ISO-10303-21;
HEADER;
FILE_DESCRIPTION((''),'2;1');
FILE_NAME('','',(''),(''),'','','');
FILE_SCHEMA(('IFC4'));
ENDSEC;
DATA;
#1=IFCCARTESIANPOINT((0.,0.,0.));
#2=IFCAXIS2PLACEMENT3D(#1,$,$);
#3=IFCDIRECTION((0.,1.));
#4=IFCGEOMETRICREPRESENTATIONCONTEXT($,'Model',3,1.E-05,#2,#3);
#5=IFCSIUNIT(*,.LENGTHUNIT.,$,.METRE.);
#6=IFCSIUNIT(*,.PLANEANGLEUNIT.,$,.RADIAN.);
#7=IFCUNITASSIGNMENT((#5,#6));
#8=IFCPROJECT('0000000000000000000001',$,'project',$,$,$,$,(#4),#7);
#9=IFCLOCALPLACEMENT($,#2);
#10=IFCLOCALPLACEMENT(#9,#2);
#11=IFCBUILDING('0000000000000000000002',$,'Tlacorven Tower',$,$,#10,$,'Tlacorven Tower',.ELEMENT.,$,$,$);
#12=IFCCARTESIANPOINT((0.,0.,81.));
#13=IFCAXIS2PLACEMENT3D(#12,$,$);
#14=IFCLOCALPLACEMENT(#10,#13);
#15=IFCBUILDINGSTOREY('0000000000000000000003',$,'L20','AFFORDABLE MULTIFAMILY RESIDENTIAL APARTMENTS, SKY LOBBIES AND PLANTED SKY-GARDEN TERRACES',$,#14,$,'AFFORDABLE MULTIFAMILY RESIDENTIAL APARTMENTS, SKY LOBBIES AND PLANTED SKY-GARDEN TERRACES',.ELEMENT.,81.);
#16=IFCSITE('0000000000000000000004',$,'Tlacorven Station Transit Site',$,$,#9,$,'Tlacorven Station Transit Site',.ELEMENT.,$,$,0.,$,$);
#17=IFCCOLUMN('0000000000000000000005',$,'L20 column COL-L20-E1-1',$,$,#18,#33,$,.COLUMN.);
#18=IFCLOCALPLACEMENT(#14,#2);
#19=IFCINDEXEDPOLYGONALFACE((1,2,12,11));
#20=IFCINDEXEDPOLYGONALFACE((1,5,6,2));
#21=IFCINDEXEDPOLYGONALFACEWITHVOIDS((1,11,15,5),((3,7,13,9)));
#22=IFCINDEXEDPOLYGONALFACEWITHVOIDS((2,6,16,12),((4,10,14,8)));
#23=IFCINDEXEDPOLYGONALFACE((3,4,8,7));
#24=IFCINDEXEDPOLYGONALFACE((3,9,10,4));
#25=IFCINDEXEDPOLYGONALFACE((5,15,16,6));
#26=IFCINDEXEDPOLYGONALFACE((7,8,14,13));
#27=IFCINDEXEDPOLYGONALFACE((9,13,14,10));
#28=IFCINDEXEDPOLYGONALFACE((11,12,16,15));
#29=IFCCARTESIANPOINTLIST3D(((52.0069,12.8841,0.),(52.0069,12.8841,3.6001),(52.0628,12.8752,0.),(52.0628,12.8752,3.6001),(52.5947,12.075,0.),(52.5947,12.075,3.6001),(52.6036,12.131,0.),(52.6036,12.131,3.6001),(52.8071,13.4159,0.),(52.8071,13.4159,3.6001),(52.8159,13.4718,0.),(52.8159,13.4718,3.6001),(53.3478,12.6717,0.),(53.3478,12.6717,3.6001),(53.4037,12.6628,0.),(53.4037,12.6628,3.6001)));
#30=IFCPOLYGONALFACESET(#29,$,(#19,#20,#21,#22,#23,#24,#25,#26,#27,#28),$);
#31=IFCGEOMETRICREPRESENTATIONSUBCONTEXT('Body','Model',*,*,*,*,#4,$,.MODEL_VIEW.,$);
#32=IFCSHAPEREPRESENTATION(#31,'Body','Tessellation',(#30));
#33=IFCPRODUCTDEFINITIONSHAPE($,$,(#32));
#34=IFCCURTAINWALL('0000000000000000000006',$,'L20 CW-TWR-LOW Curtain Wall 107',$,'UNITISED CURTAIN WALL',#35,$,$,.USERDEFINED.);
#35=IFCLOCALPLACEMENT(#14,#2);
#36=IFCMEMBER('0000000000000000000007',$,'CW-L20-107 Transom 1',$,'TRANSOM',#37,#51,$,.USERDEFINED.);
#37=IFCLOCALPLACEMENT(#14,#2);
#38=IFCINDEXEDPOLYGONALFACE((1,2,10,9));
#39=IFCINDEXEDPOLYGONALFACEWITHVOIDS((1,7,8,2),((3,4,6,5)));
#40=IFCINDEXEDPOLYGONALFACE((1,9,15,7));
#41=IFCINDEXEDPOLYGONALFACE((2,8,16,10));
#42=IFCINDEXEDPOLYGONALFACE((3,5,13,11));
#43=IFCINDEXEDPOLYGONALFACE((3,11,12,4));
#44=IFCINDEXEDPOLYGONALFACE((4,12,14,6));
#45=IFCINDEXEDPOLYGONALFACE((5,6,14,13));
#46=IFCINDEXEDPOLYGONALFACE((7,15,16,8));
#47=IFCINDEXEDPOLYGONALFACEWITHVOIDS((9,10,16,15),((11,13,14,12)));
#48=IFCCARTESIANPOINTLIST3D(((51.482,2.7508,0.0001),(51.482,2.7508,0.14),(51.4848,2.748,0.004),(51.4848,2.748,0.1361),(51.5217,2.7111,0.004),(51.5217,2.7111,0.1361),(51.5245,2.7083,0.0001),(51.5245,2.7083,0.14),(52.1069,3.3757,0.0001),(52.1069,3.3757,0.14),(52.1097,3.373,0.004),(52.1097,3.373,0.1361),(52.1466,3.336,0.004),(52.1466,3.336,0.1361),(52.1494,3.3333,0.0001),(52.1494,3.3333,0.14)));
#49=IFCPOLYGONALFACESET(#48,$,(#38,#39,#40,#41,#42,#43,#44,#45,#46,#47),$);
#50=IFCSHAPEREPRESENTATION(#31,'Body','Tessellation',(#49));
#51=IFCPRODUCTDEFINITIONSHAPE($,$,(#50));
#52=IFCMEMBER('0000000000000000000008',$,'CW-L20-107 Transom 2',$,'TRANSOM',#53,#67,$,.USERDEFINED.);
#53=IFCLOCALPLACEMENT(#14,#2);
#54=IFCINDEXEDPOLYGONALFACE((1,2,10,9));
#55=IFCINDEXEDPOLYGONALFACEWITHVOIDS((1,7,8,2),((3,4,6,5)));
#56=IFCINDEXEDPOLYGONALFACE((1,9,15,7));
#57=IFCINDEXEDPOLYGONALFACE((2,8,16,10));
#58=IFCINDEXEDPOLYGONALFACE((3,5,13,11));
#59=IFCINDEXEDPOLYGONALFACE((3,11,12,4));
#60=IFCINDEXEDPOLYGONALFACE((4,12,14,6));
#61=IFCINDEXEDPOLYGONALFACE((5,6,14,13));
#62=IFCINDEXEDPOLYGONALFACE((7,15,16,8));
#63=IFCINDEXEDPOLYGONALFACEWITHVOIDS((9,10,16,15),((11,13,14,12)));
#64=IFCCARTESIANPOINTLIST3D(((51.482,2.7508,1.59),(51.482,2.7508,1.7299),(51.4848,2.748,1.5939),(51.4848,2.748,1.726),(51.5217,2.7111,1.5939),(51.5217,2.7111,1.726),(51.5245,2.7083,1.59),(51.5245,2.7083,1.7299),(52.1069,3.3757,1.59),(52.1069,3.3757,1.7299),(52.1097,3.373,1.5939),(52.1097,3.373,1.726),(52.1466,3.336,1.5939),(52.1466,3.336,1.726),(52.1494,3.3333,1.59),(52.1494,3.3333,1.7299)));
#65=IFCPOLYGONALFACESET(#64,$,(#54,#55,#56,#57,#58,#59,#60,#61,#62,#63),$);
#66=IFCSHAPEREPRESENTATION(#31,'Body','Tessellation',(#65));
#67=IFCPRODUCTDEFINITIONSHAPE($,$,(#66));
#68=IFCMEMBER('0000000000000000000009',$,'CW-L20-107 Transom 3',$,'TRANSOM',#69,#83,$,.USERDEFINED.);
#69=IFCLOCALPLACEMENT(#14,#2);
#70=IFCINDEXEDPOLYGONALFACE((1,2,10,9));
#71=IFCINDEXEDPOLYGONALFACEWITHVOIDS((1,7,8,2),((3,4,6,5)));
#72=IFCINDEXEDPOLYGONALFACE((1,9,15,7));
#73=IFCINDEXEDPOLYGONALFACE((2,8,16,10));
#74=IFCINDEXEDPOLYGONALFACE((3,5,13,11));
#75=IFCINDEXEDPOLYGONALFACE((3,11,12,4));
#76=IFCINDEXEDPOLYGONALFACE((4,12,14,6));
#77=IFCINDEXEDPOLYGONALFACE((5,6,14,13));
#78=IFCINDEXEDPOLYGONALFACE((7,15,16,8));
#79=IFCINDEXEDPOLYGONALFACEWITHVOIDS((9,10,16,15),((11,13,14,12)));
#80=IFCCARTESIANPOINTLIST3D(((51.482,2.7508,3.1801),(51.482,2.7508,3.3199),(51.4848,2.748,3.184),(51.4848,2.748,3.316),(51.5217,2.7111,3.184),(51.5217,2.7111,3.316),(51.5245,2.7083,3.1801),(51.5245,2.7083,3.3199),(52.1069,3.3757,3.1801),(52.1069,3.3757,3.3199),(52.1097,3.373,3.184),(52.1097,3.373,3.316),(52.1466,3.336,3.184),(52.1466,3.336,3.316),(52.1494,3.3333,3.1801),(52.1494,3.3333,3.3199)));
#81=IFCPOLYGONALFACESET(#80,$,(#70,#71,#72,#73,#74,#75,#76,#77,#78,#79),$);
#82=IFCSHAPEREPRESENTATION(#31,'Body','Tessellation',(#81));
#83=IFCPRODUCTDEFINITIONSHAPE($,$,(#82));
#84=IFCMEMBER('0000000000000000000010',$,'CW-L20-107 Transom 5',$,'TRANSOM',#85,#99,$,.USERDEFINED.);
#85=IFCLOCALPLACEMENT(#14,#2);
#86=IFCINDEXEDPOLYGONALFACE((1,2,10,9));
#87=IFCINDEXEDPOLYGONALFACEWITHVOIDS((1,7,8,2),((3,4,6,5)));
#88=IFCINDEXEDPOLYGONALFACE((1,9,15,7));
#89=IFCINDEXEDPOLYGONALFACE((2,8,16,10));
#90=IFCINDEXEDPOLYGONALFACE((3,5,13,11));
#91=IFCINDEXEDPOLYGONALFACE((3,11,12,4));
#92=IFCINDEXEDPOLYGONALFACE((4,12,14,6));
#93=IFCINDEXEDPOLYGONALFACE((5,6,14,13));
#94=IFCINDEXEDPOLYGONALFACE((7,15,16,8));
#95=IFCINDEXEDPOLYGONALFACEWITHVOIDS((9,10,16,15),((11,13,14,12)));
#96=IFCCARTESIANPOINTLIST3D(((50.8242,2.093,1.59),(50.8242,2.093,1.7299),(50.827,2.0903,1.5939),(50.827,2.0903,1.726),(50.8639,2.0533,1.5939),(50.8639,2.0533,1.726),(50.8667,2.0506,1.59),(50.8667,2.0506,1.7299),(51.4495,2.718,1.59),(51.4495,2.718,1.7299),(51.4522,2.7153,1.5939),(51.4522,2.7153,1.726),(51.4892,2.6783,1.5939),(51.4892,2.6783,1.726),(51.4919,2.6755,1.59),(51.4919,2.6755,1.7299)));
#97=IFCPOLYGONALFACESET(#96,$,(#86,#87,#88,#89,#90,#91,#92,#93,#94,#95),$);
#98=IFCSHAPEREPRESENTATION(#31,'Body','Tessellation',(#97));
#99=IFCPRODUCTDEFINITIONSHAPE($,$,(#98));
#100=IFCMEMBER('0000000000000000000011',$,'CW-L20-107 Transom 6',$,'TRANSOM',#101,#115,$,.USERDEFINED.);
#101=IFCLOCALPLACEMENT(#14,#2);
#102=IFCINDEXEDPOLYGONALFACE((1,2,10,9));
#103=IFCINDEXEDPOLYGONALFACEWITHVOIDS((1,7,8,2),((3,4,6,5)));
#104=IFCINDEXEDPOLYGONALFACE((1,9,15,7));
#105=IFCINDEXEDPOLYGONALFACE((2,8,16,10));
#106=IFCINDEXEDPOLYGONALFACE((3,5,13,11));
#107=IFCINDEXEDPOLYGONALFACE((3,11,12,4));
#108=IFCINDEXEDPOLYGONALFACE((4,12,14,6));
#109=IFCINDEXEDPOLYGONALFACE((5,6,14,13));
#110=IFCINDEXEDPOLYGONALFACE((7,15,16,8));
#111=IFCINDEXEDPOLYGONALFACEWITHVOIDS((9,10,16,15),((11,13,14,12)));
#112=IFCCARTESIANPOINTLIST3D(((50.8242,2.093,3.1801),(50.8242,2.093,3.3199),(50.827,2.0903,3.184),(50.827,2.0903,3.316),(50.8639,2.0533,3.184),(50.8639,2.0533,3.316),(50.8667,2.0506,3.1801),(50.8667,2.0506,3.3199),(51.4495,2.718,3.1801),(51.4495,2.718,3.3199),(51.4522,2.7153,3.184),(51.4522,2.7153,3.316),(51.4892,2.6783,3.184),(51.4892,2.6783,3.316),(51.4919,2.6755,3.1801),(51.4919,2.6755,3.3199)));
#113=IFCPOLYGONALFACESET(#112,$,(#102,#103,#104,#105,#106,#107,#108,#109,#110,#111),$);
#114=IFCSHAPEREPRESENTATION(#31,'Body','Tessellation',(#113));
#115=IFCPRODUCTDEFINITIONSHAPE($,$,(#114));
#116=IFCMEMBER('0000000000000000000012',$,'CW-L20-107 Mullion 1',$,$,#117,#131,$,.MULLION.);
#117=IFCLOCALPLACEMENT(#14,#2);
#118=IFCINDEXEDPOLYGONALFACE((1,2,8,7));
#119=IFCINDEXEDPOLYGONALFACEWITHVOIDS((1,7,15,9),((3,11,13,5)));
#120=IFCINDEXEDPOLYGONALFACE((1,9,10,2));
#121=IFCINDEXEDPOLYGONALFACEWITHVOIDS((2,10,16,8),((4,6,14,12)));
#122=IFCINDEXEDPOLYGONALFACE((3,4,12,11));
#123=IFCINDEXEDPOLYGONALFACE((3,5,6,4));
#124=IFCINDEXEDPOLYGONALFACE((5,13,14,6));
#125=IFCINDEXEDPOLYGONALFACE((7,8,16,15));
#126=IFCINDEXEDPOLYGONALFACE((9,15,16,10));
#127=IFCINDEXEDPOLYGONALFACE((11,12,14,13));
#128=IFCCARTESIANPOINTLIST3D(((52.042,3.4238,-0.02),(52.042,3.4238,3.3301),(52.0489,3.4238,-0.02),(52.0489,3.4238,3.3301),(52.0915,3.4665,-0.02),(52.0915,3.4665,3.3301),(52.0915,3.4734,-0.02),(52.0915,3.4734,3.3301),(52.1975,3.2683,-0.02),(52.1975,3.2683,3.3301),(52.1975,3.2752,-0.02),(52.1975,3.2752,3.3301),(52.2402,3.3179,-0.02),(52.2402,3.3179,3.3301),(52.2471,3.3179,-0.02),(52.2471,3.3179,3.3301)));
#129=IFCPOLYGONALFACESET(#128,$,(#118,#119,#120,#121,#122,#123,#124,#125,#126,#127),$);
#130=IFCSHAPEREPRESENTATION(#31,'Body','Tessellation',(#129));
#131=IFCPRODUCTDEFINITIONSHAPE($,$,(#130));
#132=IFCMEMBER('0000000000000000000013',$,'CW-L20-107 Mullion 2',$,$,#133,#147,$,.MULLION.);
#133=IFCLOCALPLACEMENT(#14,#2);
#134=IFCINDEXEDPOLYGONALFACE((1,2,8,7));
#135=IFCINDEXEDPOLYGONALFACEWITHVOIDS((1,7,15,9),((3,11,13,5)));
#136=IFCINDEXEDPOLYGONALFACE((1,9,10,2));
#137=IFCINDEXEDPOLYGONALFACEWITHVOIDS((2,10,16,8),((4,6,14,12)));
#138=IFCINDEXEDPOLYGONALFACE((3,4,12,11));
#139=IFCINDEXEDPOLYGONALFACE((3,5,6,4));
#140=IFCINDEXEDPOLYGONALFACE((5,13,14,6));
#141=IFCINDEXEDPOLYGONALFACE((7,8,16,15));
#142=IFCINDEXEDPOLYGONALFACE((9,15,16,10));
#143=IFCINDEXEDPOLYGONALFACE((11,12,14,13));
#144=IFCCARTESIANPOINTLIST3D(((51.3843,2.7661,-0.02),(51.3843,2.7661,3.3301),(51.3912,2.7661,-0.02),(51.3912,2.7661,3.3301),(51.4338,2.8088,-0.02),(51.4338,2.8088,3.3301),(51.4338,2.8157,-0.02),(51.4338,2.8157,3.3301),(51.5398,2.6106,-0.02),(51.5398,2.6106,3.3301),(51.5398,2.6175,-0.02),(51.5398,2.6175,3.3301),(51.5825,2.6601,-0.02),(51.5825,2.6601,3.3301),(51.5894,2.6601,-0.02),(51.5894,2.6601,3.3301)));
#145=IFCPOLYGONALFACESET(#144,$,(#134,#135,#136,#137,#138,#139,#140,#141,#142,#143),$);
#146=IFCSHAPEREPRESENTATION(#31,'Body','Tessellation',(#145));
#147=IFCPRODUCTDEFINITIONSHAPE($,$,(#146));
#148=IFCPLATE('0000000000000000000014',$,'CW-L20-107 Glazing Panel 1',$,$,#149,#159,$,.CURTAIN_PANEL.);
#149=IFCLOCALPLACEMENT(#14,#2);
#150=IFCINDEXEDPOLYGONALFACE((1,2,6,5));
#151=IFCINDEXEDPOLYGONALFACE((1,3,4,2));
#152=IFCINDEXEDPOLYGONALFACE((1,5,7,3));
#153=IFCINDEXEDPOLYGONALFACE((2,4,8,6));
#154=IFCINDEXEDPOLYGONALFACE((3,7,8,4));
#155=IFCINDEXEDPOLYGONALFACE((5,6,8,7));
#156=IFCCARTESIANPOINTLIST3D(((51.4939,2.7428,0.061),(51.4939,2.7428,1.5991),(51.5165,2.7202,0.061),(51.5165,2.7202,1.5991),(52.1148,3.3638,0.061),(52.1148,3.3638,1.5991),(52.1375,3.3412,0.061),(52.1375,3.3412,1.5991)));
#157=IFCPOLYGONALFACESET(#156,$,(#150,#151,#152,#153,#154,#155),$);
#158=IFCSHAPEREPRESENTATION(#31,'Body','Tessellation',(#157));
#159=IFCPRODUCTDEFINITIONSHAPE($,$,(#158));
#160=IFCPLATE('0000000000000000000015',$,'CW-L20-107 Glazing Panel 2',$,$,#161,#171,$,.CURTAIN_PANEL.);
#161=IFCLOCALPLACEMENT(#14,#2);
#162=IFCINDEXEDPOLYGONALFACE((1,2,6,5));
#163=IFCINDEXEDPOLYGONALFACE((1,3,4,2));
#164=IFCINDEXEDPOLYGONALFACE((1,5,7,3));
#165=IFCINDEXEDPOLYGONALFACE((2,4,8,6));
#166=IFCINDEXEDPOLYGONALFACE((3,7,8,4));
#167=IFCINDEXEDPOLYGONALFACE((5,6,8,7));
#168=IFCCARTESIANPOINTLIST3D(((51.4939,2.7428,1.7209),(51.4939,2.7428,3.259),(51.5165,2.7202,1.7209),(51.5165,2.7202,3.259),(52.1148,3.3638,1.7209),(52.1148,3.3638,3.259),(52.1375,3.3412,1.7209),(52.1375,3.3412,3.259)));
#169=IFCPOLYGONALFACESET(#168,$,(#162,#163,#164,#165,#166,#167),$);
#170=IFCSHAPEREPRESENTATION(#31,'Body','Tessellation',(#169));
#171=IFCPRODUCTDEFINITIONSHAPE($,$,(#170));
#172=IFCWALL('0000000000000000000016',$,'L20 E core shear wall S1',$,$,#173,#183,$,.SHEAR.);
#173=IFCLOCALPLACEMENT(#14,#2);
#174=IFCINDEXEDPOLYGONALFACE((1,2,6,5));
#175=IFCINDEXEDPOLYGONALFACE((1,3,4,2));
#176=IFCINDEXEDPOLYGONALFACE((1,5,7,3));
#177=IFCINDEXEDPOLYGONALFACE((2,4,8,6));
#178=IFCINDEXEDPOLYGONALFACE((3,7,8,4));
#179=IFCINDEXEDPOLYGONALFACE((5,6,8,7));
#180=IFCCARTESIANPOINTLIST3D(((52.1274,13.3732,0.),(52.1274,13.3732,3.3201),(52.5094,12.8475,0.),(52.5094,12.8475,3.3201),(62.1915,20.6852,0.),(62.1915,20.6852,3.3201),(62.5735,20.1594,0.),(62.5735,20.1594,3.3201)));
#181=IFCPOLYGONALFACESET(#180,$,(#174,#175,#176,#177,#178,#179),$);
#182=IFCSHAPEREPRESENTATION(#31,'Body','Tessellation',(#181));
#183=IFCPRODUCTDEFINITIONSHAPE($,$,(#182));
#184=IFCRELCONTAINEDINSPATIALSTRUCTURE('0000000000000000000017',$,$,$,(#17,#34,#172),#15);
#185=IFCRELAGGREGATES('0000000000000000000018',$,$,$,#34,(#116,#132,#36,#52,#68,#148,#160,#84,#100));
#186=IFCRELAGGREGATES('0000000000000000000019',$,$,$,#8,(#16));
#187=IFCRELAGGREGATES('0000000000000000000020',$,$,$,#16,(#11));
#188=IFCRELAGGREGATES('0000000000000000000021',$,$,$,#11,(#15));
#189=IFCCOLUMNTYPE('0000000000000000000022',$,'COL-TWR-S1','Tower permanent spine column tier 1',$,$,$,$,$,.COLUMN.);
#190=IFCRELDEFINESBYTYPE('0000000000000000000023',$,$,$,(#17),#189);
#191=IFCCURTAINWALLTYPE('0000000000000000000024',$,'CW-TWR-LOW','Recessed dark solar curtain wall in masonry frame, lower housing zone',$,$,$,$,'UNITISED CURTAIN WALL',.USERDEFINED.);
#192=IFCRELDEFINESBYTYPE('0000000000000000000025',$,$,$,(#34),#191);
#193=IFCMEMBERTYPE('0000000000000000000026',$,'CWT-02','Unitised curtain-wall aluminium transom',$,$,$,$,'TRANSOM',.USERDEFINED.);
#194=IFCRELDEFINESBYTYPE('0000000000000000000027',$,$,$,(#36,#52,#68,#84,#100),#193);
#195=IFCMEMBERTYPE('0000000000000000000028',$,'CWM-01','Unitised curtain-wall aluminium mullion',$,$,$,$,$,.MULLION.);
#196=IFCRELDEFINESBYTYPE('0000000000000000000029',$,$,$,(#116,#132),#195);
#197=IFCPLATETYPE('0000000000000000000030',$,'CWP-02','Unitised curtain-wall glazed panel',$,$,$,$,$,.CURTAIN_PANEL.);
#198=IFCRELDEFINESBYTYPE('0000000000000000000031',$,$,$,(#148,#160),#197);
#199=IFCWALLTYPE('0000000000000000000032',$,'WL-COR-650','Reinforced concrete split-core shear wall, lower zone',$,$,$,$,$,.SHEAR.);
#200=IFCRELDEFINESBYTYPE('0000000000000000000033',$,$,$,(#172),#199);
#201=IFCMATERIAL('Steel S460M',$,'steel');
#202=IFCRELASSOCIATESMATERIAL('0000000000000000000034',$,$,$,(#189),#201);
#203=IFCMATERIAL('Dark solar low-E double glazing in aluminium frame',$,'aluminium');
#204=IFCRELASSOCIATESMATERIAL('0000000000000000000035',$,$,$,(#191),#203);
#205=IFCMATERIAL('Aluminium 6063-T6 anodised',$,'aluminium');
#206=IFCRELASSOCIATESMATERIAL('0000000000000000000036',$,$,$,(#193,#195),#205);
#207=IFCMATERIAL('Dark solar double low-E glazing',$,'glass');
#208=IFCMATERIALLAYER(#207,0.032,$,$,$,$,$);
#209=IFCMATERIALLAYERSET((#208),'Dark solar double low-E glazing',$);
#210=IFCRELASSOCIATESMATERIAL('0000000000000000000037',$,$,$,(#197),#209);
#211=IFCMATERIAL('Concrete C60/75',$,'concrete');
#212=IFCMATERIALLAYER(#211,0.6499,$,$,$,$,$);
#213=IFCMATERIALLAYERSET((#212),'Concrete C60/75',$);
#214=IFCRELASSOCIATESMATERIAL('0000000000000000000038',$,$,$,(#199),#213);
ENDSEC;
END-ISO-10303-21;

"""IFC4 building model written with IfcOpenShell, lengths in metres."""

from ifc_helpers import new_model, si_unit, direction, frame, frame_2d, origin, origin_2d, place, context, subcontext, project, spatial, rectangle, hollow_rectangle, extrude, source, transform, mapped, material, layer, layer_set, material_profile, profile_set, type_object, element, aggregate, save


model = new_model("IFC4")

# Units and contexts
model_context = context("Model", 3, precision=1e-05, world=origin(), true_north=direction((0.0, 1.0)))
body_context = subcontext(model_context, "Body", "Model", "MODEL_VIEW")
ifc_project = project(units=[si_unit("LENGTHUNIT", "METRE"), si_unit("PLANEANGLEUNIT", "RADIAN")], contexts=[model_context])

# Site, building, storey
site_placement = place(None, origin())
site = spatial("IfcSite", under=ifc_project, at=site_placement, Name="Tlacorven Station Transit Site", LongName="Tlacorven Station Transit Site", CompositionType="ELEMENT", RefElevation=0.0)
building_placement = place(site_placement, origin())
building = spatial("IfcBuilding", under=site, at=building_placement, Name="Tlacorven Tower", LongName="Tlacorven Tower", CompositionType="ELEMENT")
storey_placement = place(building_placement, frame((0.0, 0.0, 81.0)))
storey = spatial("IfcBuildingStorey", under=building, at=storey_placement, Name="L20", Description="AFFORDABLE MULTIFAMILY RESIDENTIAL APARTMENTS, SKY LOBBIES AND PLANTED SKY-GARDEN TERRACES", LongName="AFFORDABLE MULTIFAMILY RESIDENTIAL APARTMENTS, SKY LOBBIES AND PLANTED SKY-GARDEN TERRACES", CompositionType="ELEMENT", Elevation=81.0)

# Column
ifc_material_1 = material(Name="Steel S460M", Category="steel")
ifc_material_profile_1 = material_profile(ifc_material_1, hollow_rectangle(XDim=1.0, YDim=1.0, WallThickness=0.04, at=origin_2d()), Name="BOX 1000X1000X40")
ifc_profile_set_1 = profile_set([ifc_material_profile_1], Name="Steel S460M")
column_type = type_object("IfcColumnType", Name="COL-TWR-S1", Description="Tower permanent spine column tier 1", PredefinedType="COLUMN", material=ifc_profile_set_1)
shared_shape_1 = source(origin(), body_context, "Body", "SweptSolid", [
    extrude(hollow_rectangle(XDim=1.0, YDim=1.0, WallThickness=0.04, at=origin_2d()), origin(), (0.0, 0.0, 1.0), 3.6001),
])
column_placement = place(storey_placement, frame((52.7053, 12.7734, 0.0), z_axis=(0.0, 0.0, 1.0), x_axis=(0.809017, 0.587785, 0.0)))
element("IfcColumn", 1, at=column_placement, inside=storey, type_object=column_type, Name="L20 column COL-L20-E1-1", PredefinedType="COLUMN", context=body_context, shape_type="MappedRepresentation", body=[
    mapped(shared_shape_1, transform((0.0, 0.0, 0.0), scale=1.0)),
])

# Curtain wall, members, plates
ifc_material_2 = material(Name="Dark solar low-E double glazing in aluminium frame", Category="aluminium")
curtain_wall_type = type_object("IfcCurtainWallType", Name="CW-TWR-LOW", Description="Recessed dark solar curtain wall in masonry frame, lower housing zone", ElementType="UNITISED CURTAIN WALL", PredefinedType="USERDEFINED", material=ifc_material_2)
curtain_wall_placement = place(storey_placement, origin())
curtain_wall = element("IfcCurtainWall", 2, at=curtain_wall_placement, inside=storey, type_object=curtain_wall_type, Name="L20 CW-TWR-LOW Curtain Wall 107", ObjectType="UNITISED CURTAIN WALL", PredefinedType="USERDEFINED")
ifc_material_3 = material(Name="Aluminium 6063-T6 anodised", Category="aluminium")
ifc_material_profile_2 = material_profile(ifc_material_3, hollow_rectangle(XDim=0.0601, YDim=0.1399, WallThickness=0.0039, at=origin_2d()), Name="ALU TRANSOM 60X140")
ifc_profile_set_2 = profile_set([ifc_material_profile_2], Name="Aluminium 6063-T6 anodised")
member_type_1 = type_object("IfcMemberType", Name="CWT-02", Description="Unitised curtain-wall aluminium transom", ElementType="TRANSOM", PredefinedType="USERDEFINED", material=ifc_profile_set_2)
shared_shape_2 = source(origin(), body_context, "Body", "SweptSolid", [
    extrude(hollow_rectangle(XDim=0.0601, YDim=0.1399, WallThickness=0.0039, at=origin_2d()), origin(), (0.0, 0.0, 1.0), 0.8838),
])
member_1_placement = place(storey_placement, frame((52.1282, 3.3545, 0.0701), z_axis=(-0.707107, -0.707107, 0.0), x_axis=(0.707107, -0.707107, 0.0)))
member_1 = element("IfcMember", 3, at=member_1_placement, type_object=member_type_1, Name="CW-L20-107 Transom 1", ObjectType="TRANSOM", PredefinedType="USERDEFINED", context=body_context, shape_type="MappedRepresentation", body=[
    mapped(shared_shape_2, transform((0.0, 0.0, 0.0), scale=1.0)),
])
member_2_placement = place(storey_placement, frame((52.1282, 3.3545, 1.6599), z_axis=(-0.707107, -0.707107, 0.0), x_axis=(0.707107, -0.707107, 0.0)))
member_2 = element("IfcMember", 4, at=member_2_placement, type_object=member_type_1, Name="CW-L20-107 Transom 2", ObjectType="TRANSOM", PredefinedType="USERDEFINED", context=body_context, shape_type="MappedRepresentation", body=[
    mapped(shared_shape_2, transform((0.0, 0.0, 0.0), scale=1.0)),
])
member_3_placement = place(storey_placement, frame((52.1282, 3.3545, 3.25), z_axis=(-0.707107, -0.707107, 0.0), x_axis=(0.707107, -0.707107, 0.0)))
member_3 = element("IfcMember", 5, at=member_3_placement, type_object=member_type_1, Name="CW-L20-107 Transom 3", ObjectType="TRANSOM", PredefinedType="USERDEFINED", context=body_context, shape_type="MappedRepresentation", body=[
    mapped(shared_shape_2, transform((0.0, 0.0, 0.0), scale=1.0)),
])
shared_shape_3 = source(origin(), body_context, "Body", "SweptSolid", [
    extrude(hollow_rectangle(XDim=0.0601, YDim=0.1399, WallThickness=0.0039, at=origin_2d()), origin(), (0.0, 0.0, 1.0), 0.884),
])
member_4_placement = place(storey_placement, frame((51.4707, 2.6968, 1.6599), z_axis=(-0.707245, -0.706969, 0.0), x_axis=(0.706969, -0.707245, 0.0)))
member_4 = element("IfcMember", 6, at=member_4_placement, type_object=member_type_1, Name="CW-L20-107 Transom 5", ObjectType="TRANSOM", PredefinedType="USERDEFINED", context=body_context, shape_type="MappedRepresentation", body=[
    mapped(shared_shape_3, transform((0.0, 0.0, 0.0), scale=1.0)),
])
member_5_placement = place(storey_placement, frame((51.4707, 2.6968, 3.25), z_axis=(-0.707245, -0.706969, 0.0), x_axis=(0.706969, -0.707245, 0.0)))
member_5 = element("IfcMember", 7, at=member_5_placement, type_object=member_type_1, Name="CW-L20-107 Transom 6", ObjectType="TRANSOM", PredefinedType="USERDEFINED", context=body_context, shape_type="MappedRepresentation", body=[
    mapped(shared_shape_3, transform((0.0, 0.0, 0.0), scale=1.0)),
])
ifc_material_profile_3 = material_profile(ifc_material_3, hollow_rectangle(XDim=0.0701, YDim=0.22, WallThickness=0.0049, at=origin_2d()), Name="ALU MULLION 70X220")
ifc_profile_set_3 = profile_set([ifc_material_profile_3], Name="Aluminium 6063-T6 anodised")
member_type_2 = type_object("IfcMemberType", Name="CWM-01", Description="Unitised curtain-wall aluminium mullion", PredefinedType="MULLION", material=ifc_profile_set_3)
shared_shape_4 = source(origin(), body_context, "Body", "SweptSolid", [
    extrude(hollow_rectangle(XDim=0.0701, YDim=0.22, WallThickness=0.0049, at=origin_2d()), origin(), (0.0, 0.0, 1.0), 3.3501),
])
member_6_placement = place(storey_placement, frame((52.1445, 3.3708, -0.02), z_axis=(0.0, 0.0, 1.0), x_axis=(-0.707107, -0.707107, 0.0)))
member_6 = element("IfcMember", 8, at=member_6_placement, type_object=member_type_2, Name="CW-L20-107 Mullion 1", PredefinedType="MULLION", context=body_context, shape_type="MappedRepresentation", body=[
    mapped(shared_shape_4, transform((0.0, 0.0, 0.0), scale=1.0)),
])
member_7_placement = place(storey_placement, frame((51.4868, 2.7131, -0.02), z_axis=(0.0, 0.0, 1.0), x_axis=(-0.707107, -0.707107, 0.0)))
member_7 = element("IfcMember", 9, at=member_7_placement, type_object=member_type_2, Name="CW-L20-107 Mullion 2", PredefinedType="MULLION", context=body_context, shape_type="MappedRepresentation", body=[
    mapped(shared_shape_4, transform((0.0, 0.0, 0.0), scale=1.0)),
])
ifc_material_4 = material(Name="Dark solar double low-E glazing", Category="glass")
ifc_layer_1 = layer(ifc_material_4, 0.032)
ifc_layer_set_1 = layer_set([ifc_layer_1], Name="Dark solar double low-E glazing")
plate_type = type_object("IfcPlateType", Name="CWP-02", Description="Unitised curtain-wall glazed panel", PredefinedType="CURTAIN_PANEL", material=ifc_layer_set_1)
shared_shape_5 = source(origin(), body_context, "Body", "SweptSolid", [
    extrude(rectangle(XDim=0.8782, YDim=0.032, at=origin_2d()), origin(), (0.0, 0.0, 1.0), 1.5381),
])
plate_1_placement = place(storey_placement, frame((51.8157, 3.042, 0.061), z_axis=(0.0, 0.0, 1.0), x_axis=(-0.707107, -0.707107, 0.0)))
plate_1 = element("IfcPlate", 10, at=plate_1_placement, type_object=plate_type, Name="CW-L20-107 Glazing Panel 1", PredefinedType="CURTAIN_PANEL", context=body_context, shape_type="MappedRepresentation", body=[
    mapped(shared_shape_5, transform((0.0, 0.0, 0.0), scale=1.0)),
])
plate_2_placement = place(storey_placement, frame((51.8157, 3.042, 1.7209), z_axis=(0.0, 0.0, 1.0), x_axis=(-0.707107, -0.707107, 0.0)))
plate_2 = element("IfcPlate", 11, at=plate_2_placement, type_object=plate_type, Name="CW-L20-107 Glazing Panel 2", PredefinedType="CURTAIN_PANEL", context=body_context, shape_type="MappedRepresentation", body=[
    mapped(shared_shape_5, transform((0.0, 0.0, 0.0), scale=1.0)),
])
aggregate(curtain_wall, [member_6, member_7, member_1, member_2, member_3, plate_1, plate_2, member_4, member_5])

# Wall
ifc_material_5 = material(Name="Concrete C60/75", Category="concrete")
ifc_layer_2 = layer(ifc_material_5, 0.6499)
ifc_layer_set_2 = layer_set([ifc_layer_2], Name="Concrete C60/75")
wall_type_1 = type_object("IfcWallType", Name="WL-COR-650", Description="Reinforced concrete split-core shear wall, lower zone", PredefinedType="SHEAR", material=ifc_layer_set_2)
wall_1_placement = place(storey_placement, frame((52.3184, 13.1104, 0.0), z_axis=(0.0, 0.0, 1.0), x_axis=(0.809019, 0.587782, 0.0)))
element("IfcWall", 12, at=wall_1_placement, inside=storey, type_object=wall_type_1, Name="L20 E core shear wall S1", PredefinedType="SHEAR", context=body_context, shape_type="SweptSolid", body=[
    extrude(rectangle(XDim=12.4399, YDim=0.6499, at=frame_2d((6.22, 0.0))), origin(), (0.0, 0.0, 1.0), 3.3201),
])

save(model, "model.ifc")
